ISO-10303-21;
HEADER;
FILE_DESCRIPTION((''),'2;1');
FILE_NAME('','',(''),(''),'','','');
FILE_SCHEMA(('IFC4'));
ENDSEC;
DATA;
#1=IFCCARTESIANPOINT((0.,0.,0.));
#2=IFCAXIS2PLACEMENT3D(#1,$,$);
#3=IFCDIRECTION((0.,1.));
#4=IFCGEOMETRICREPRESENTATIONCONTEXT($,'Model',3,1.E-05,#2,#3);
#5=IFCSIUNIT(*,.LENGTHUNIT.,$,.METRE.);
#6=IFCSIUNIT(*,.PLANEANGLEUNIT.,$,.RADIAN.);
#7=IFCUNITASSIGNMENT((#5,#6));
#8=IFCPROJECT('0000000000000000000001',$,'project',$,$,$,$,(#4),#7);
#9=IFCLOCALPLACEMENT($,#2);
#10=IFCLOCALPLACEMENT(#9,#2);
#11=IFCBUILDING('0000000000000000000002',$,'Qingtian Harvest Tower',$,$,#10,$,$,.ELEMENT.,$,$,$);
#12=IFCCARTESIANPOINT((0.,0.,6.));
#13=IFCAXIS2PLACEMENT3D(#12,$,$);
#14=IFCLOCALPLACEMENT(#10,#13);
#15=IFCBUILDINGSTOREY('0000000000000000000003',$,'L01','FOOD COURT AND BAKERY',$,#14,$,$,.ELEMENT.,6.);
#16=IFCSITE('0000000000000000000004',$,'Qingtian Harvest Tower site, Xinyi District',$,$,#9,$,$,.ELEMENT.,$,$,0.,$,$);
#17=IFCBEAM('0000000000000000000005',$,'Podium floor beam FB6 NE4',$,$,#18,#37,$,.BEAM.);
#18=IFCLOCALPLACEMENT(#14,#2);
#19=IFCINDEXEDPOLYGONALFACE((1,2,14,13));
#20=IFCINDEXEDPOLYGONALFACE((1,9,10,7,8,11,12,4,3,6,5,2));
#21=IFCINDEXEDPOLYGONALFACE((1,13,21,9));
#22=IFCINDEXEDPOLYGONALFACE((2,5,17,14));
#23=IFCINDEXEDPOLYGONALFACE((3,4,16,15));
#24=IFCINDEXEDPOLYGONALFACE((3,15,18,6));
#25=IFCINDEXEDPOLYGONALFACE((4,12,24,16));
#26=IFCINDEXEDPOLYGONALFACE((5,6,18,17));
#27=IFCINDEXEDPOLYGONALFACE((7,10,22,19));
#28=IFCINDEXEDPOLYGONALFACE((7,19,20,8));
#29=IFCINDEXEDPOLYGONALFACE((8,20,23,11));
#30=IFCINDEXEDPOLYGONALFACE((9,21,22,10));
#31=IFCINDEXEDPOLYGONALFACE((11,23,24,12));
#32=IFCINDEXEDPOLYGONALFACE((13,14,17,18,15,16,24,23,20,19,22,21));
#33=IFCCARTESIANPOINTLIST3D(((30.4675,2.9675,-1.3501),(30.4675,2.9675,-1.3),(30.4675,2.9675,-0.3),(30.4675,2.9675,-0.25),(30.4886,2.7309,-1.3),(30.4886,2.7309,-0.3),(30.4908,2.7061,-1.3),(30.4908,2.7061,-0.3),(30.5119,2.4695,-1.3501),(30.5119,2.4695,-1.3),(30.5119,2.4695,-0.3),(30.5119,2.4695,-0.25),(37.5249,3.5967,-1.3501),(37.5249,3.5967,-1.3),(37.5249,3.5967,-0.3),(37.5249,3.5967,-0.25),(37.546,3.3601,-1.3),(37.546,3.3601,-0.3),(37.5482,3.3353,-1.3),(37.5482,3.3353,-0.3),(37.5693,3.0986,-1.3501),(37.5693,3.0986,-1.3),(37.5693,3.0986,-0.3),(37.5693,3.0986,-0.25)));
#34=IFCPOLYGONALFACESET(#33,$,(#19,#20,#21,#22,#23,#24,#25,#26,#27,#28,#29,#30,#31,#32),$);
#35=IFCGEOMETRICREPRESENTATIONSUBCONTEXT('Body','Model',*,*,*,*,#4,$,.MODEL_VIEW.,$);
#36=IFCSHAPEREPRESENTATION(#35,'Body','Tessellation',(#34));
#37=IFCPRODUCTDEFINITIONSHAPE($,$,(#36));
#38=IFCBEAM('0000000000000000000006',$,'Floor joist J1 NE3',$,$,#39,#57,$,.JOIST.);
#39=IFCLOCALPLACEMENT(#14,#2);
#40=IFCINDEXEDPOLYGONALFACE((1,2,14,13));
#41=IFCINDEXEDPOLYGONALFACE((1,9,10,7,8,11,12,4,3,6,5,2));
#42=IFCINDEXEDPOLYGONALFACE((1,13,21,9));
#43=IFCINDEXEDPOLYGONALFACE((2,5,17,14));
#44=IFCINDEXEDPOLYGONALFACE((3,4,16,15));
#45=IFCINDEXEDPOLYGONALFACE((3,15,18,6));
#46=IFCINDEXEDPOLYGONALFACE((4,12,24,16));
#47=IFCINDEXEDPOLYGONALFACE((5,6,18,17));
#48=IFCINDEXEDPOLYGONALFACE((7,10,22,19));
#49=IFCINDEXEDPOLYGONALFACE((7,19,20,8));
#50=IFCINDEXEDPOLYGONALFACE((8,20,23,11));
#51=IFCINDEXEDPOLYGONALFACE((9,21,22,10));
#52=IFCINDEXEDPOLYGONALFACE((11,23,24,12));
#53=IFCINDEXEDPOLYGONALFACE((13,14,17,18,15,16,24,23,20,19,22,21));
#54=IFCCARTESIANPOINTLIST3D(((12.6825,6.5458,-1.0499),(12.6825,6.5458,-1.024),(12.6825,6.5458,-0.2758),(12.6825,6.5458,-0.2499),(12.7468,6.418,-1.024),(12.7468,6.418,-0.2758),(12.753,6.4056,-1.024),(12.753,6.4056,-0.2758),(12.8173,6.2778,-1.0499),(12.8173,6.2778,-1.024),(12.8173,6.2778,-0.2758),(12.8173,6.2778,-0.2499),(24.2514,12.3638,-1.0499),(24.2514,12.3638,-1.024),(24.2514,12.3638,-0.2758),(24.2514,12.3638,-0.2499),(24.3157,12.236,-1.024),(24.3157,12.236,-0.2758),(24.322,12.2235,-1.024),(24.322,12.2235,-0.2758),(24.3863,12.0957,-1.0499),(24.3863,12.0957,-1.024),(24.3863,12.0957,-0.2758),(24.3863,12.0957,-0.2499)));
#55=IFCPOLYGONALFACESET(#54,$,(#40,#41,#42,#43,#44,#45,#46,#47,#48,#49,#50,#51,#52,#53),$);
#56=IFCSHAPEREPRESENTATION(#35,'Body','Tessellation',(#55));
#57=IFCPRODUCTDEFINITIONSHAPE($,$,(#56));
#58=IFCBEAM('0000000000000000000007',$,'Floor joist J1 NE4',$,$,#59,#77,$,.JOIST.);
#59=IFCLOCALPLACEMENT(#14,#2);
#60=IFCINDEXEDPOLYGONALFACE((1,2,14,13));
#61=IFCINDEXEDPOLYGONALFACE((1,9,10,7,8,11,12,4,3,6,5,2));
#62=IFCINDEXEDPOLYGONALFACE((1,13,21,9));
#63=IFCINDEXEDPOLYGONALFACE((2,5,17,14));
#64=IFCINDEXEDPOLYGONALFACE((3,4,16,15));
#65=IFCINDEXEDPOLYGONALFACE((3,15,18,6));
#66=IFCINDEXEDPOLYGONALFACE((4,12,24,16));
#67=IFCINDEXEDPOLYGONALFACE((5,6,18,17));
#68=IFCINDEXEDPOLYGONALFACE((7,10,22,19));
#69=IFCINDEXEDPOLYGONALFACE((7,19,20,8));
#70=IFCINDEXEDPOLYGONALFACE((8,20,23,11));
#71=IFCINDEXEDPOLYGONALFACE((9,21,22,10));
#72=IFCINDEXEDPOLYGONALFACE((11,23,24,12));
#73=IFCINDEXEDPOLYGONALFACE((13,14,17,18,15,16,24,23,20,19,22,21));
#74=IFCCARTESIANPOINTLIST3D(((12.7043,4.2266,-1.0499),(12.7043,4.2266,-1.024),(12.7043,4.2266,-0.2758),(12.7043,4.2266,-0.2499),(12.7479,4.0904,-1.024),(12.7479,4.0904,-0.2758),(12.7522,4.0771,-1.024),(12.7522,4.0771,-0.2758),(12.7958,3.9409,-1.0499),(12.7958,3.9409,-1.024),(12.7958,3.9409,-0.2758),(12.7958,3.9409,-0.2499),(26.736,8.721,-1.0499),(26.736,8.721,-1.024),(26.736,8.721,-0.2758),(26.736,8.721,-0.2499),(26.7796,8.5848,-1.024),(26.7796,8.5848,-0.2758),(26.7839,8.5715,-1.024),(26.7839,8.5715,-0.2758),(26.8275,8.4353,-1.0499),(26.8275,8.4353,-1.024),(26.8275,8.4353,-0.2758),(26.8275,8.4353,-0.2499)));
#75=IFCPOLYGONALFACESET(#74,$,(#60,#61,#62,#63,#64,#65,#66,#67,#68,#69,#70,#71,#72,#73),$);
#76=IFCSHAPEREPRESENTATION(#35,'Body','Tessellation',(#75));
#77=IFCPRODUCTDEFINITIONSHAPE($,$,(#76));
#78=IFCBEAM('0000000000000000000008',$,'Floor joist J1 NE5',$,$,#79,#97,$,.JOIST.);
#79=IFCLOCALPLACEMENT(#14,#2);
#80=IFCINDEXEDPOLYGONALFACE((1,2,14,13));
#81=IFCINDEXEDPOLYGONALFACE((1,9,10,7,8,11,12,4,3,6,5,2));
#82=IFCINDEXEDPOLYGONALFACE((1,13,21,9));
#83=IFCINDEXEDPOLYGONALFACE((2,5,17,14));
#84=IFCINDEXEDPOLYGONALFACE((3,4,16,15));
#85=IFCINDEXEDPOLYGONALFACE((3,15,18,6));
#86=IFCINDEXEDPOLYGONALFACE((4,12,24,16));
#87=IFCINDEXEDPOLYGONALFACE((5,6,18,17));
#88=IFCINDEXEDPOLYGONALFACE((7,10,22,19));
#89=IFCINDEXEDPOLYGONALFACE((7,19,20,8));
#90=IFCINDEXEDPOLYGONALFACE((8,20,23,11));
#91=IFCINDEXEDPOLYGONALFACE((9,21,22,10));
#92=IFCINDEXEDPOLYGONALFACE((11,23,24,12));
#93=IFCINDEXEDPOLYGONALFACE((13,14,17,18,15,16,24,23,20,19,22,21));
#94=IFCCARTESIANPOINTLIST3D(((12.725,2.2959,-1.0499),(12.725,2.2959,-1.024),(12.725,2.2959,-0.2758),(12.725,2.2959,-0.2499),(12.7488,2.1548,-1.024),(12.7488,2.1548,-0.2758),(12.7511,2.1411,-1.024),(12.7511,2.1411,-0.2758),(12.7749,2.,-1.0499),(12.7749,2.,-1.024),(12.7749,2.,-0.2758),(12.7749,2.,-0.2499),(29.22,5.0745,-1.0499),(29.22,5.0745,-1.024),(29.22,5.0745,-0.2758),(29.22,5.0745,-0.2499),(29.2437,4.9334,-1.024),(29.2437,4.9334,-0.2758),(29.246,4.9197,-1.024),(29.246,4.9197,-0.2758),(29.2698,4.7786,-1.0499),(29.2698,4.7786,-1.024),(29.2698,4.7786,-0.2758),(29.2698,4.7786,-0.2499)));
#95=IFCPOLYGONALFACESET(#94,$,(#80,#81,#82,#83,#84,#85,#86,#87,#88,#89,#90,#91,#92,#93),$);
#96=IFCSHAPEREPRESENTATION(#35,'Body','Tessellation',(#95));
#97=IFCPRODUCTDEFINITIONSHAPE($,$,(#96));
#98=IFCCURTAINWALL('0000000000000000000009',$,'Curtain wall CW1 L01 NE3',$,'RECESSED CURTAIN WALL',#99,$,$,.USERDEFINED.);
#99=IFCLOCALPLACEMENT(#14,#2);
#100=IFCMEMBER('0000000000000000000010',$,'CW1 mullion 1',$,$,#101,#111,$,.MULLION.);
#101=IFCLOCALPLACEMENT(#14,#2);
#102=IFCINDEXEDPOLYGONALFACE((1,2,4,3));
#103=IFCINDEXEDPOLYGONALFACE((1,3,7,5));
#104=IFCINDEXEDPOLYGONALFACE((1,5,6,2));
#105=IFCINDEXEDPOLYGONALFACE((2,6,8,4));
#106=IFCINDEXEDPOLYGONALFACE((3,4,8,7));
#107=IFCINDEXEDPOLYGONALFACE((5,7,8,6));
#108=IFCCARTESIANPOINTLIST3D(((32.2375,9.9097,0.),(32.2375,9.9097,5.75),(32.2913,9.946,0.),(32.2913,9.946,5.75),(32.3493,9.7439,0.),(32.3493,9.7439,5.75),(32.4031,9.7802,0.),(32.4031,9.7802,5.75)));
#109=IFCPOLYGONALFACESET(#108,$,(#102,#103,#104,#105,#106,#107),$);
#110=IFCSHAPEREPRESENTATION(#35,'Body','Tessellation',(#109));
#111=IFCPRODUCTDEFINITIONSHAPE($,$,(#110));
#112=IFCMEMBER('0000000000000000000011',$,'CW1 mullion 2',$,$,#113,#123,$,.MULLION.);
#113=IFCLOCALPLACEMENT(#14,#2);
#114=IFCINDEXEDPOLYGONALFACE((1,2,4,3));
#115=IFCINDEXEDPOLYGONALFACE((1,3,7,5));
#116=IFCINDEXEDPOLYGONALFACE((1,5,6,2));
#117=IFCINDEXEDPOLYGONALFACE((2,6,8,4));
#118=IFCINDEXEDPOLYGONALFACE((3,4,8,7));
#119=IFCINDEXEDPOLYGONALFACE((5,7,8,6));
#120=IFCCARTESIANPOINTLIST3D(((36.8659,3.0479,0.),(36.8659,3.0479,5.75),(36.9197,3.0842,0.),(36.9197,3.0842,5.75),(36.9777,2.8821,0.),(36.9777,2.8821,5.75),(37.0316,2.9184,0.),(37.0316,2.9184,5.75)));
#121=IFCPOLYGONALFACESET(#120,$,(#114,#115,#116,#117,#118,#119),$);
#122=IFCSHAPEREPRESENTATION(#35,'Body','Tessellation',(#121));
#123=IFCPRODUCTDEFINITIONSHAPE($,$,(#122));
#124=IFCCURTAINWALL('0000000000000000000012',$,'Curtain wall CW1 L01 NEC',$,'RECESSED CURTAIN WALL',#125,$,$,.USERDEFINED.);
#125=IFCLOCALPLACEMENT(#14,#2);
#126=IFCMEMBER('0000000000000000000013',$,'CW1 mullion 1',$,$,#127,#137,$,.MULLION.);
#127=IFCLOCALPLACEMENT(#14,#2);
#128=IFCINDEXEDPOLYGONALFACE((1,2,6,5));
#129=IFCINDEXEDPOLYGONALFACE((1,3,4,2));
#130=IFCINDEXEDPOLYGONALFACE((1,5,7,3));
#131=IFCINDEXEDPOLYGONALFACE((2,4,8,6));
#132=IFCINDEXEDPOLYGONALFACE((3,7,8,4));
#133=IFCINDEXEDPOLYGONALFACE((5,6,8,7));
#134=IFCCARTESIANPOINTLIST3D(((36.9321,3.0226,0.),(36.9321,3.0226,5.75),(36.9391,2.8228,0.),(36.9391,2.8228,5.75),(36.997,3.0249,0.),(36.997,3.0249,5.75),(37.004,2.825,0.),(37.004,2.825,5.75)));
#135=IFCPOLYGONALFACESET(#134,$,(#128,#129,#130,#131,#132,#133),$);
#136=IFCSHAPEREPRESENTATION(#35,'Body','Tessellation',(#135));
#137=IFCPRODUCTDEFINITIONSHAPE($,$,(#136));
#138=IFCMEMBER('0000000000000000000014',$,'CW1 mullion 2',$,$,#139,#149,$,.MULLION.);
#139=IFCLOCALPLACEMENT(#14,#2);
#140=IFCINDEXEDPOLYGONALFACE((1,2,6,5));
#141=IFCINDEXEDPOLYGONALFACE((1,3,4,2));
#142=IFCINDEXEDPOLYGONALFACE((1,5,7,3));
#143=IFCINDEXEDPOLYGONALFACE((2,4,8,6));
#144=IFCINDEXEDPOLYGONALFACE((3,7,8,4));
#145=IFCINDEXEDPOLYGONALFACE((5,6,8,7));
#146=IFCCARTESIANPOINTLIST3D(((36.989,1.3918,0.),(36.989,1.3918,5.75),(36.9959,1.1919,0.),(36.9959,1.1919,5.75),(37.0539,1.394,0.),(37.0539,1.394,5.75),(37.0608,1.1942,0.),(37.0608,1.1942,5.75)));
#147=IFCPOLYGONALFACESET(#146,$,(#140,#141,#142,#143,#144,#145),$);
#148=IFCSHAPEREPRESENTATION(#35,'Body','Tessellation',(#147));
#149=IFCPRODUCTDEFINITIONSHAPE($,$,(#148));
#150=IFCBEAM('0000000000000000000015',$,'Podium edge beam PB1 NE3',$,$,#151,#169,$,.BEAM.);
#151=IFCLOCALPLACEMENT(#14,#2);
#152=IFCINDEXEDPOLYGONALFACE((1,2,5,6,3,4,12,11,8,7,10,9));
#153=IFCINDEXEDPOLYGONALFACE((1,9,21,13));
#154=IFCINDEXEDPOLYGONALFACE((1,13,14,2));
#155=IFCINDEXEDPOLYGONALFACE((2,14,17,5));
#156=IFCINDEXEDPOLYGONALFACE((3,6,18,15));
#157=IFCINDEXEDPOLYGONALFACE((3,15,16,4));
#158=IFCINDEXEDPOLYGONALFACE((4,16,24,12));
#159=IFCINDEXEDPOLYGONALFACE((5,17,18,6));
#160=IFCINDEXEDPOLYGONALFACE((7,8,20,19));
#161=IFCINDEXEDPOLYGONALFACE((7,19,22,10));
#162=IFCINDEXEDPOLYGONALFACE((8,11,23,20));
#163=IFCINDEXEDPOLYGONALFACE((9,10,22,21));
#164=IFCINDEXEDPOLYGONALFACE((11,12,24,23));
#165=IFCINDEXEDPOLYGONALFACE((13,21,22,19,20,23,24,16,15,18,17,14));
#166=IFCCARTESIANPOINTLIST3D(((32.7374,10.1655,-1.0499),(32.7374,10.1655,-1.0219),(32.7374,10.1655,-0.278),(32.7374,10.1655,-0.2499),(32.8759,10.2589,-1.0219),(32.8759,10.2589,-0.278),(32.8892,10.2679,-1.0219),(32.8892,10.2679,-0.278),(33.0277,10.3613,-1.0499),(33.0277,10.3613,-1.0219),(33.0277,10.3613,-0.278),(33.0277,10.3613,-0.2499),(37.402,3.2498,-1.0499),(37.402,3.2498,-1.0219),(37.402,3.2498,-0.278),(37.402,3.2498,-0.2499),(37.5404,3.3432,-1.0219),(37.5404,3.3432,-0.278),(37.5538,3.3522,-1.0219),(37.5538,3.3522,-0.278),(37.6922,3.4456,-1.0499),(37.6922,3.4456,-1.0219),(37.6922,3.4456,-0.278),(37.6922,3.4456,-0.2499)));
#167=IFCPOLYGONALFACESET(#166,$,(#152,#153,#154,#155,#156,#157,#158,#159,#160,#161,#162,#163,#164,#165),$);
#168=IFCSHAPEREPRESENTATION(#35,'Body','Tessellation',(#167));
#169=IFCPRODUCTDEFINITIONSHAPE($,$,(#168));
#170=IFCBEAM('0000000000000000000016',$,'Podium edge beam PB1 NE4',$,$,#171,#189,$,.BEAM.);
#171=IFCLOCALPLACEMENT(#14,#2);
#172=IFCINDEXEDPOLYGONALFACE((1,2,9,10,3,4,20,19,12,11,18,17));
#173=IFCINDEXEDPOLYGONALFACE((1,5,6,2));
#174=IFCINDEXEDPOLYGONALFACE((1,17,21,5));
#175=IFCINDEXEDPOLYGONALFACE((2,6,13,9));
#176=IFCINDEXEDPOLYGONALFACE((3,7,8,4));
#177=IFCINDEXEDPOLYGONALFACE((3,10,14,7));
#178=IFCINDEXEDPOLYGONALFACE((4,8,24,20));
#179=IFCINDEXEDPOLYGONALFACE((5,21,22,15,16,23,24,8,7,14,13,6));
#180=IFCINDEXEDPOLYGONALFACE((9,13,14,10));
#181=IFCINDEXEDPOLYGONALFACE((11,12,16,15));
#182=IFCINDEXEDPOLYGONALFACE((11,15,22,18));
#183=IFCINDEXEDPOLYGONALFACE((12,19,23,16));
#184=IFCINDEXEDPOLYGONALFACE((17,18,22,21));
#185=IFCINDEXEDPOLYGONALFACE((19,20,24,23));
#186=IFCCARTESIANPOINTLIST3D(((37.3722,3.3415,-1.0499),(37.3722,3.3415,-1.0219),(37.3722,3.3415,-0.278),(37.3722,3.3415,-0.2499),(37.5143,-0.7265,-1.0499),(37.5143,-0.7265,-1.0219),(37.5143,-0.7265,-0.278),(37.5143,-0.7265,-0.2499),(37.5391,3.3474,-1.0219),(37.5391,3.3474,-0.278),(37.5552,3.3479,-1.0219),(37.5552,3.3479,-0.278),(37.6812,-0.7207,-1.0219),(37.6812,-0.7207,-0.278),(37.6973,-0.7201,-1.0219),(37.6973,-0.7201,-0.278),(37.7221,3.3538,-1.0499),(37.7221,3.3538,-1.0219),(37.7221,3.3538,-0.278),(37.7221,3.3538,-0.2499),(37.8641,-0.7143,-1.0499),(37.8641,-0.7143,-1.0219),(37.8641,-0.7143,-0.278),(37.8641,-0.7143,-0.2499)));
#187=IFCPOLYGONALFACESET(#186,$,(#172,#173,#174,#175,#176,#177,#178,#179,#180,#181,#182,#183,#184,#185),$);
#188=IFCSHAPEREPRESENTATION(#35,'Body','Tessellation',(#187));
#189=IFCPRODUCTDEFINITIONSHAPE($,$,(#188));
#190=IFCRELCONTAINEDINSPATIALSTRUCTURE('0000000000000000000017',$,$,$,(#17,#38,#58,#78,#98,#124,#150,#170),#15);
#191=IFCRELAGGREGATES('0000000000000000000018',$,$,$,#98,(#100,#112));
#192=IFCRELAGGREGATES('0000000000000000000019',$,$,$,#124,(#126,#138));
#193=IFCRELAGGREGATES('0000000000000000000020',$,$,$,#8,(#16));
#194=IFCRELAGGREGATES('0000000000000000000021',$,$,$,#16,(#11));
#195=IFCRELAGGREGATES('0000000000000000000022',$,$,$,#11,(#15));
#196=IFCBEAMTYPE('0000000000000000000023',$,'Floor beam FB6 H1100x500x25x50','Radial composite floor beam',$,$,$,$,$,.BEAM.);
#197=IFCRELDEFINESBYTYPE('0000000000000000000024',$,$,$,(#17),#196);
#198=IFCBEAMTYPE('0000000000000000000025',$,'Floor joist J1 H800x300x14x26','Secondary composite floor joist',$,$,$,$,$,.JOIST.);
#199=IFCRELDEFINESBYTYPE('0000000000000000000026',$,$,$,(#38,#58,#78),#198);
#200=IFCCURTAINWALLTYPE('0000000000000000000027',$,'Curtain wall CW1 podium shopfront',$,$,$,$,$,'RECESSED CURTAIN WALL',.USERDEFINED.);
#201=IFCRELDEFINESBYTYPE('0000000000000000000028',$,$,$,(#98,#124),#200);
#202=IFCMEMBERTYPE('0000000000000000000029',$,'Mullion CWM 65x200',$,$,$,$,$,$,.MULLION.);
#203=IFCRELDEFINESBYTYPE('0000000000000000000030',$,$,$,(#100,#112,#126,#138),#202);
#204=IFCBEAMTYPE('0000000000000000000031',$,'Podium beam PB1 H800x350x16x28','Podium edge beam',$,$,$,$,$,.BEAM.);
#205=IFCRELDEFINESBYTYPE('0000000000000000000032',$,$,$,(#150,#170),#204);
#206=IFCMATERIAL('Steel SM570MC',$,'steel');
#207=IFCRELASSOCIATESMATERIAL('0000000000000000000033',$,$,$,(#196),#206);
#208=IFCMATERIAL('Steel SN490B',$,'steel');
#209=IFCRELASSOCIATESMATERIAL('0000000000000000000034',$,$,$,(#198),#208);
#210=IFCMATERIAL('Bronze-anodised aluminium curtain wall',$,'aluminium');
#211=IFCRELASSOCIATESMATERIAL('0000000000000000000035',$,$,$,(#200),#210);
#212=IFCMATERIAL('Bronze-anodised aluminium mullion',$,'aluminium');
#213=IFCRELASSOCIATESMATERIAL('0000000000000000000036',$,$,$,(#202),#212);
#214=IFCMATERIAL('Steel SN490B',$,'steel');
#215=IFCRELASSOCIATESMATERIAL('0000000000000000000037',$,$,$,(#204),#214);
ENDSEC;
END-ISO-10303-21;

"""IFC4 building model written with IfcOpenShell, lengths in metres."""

from ifc_helpers import new_model, si_unit, direction, frame, origin, origin_2d, place, context, subcontext, project, spatial, rectangle, i_section, extrude, material, material_profile, profile_set, type_object, element, aggregate, save


model = new_model("IFC4")

# Units and contexts
model_context = context("Model", 3, precision=1e-05, world=origin(), true_north=direction((0.0, 1.0)))
body_context = subcontext(model_context, "Body", "Model", "MODEL_VIEW")
ifc_project = project(units=[si_unit("LENGTHUNIT", "METRE"), si_unit("PLANEANGLEUNIT", "RADIAN")], contexts=[model_context])

# Site, building, storey
site_placement = place(None, origin())
site = spatial("IfcSite", under=ifc_project, at=site_placement, Name="Qingtian Harvest Tower site, Xinyi District", CompositionType="ELEMENT", RefElevation=0.0)
building_placement = place(site_placement, origin())
building = spatial("IfcBuilding", under=site, at=building_placement, Name="Qingtian Harvest Tower", CompositionType="ELEMENT")
storey_placement = place(building_placement, frame((0.0, 0.0, 6.0)))
storey = spatial("IfcBuildingStorey", under=building, at=storey_placement, Name="L01", Description="FOOD COURT AND BAKERY", CompositionType="ELEMENT", Elevation=6.0)

# Beams
ifc_material_1 = material(Name="Steel SM570MC", Category="steel")
ifc_material_profile_1 = material_profile(ifc_material_1, i_section(OverallWidth=0.5, OverallDepth=1.1001, WebThickness=0.0249, FlangeThickness=0.05, at=origin_2d()), Name="H1100x500x25x50")
ifc_profile_set_1 = profile_set([ifc_material_profile_1], Name="Steel SM570MC")
beam_type_1 = type_object("IfcBeamType", Name="Floor beam FB6 H1100x500x25x50", Description="Radial composite floor beam", PredefinedType="BEAM", material=ifc_profile_set_1)
beam_1_placement = place(storey_placement, frame((37.5471, 3.3477, -0.8), z_axis=(-0.99605, -0.088796, 0.0), x_axis=(0.088796, -0.99605, 0.0)))
element("IfcBeam", 1, at=beam_1_placement, inside=storey, type_object=beam_type_1, Name="Podium floor beam FB6 NE4", PredefinedType="BEAM", context=body_context, shape_type="SweptSolid", body=[
    extrude(i_section(OverallWidth=0.5, OverallDepth=1.1001, WebThickness=0.0249, FlangeThickness=0.05, at=origin_2d()), origin(), (0.0, 0.0, 1.0), 7.0854),
])
ifc_material_2 = material(Name="Steel SN490B", Category="steel")
ifc_material_profile_2 = material_profile(ifc_material_2, i_section(OverallWidth=0.3, OverallDepth=0.8, WebThickness=0.0139, FlangeThickness=0.0259, at=origin_2d()), Name="H800x300x14x26")
ifc_profile_set_2 = profile_set([ifc_material_profile_2], Name="Steel SN490B")
beam_type_2 = type_object("IfcBeamType", Name="Floor joist J1 H800x300x14x26", Description="Secondary composite floor joist", PredefinedType="JOIST", material=ifc_profile_set_2)
beam_2_placement = place(storey_placement, frame((24.3188, 12.2297, -0.6499), z_axis=(-0.893392, -0.449279, 0.0), x_axis=(0.449279, -0.893392, 0.0)))
element("IfcBeam", 2, at=beam_2_placement, inside=storey, type_object=beam_type_2, Name="Floor joist J1 NE3", PredefinedType="JOIST", context=body_context, shape_type="SweptSolid", body=[
    extrude(i_section(OverallWidth=0.3, OverallDepth=0.8, WebThickness=0.0139, FlangeThickness=0.0259, at=origin_2d()), origin(), (0.0, 0.0, 1.0), 12.9495),
])
beam_3_placement = place(storey_placement, frame((26.7817, 8.5781, -0.6499), z_axis=(-0.952341, -0.305036, 0.0), x_axis=(0.305036, -0.952341, 0.0)))
element("IfcBeam", 3, at=beam_3_placement, inside=storey, type_object=beam_type_2, Name="Floor joist J1 NE4", PredefinedType="JOIST", context=body_context, shape_type="SweptSolid", body=[
    extrude(i_section(OverallWidth=0.3, OverallDepth=0.8, WebThickness=0.0139, FlangeThickness=0.0259, at=origin_2d()), origin(), (0.0, 0.0, 1.0), 14.7339),
])
beam_4_placement = place(storey_placement, frame((29.2449, 4.9265, -0.6499), z_axis=(-0.986107, -0.16611, 0.0), x_axis=(0.16611, -0.986107, 0.0)))
element("IfcBeam", 4, at=beam_4_placement, inside=storey, type_object=beam_type_2, Name="Floor joist J1 NE5", PredefinedType="JOIST", context=body_context, shape_type="SweptSolid", body=[
    extrude(i_section(OverallWidth=0.3, OverallDepth=0.8, WebThickness=0.0139, FlangeThickness=0.0259, at=origin_2d()), origin(), (0.0, 0.0, 1.0), 16.7273),
])

# Curtain walls, members
ifc_material_3 = material(Name="Bronze-anodised aluminium curtain wall", Category="aluminium")
curtain_wall_type = type_object("IfcCurtainWallType", Name="Curtain wall CW1 podium shopfront", ElementType="RECESSED CURTAIN WALL", PredefinedType="USERDEFINED", material=ifc_material_3)
curtain_wall_1_placement = place(storey_placement, origin())
curtain_wall_1 = element("IfcCurtainWall", 5, at=curtain_wall_1_placement, inside=storey, type_object=curtain_wall_type, Name="Curtain wall CW1 L01 NE3", ObjectType="RECESSED CURTAIN WALL", PredefinedType="USERDEFINED")
ifc_material_4 = material(Name="Bronze-anodised aluminium mullion", Category="aluminium")
ifc_material_profile_3 = material_profile(ifc_material_4, rectangle(XDim=0.0649, YDim=0.2, at=origin_2d()), Name="AL 65x200")
ifc_profile_set_3 = profile_set([ifc_material_profile_3], Name="Bronze-anodised aluminium mullion")
member_type_1 = type_object("IfcMemberType", Name="Mullion CWM 65x200", PredefinedType="MULLION", material=ifc_profile_set_3)
member_1_placement = place(storey_placement, frame((32.3203, 9.845, 0.0), z_axis=(0.0, 0.0, 1.0), x_axis=(0.829038, 0.559193, 0.0)))
member_1 = element("IfcMember", 6, at=member_1_placement, type_object=member_type_1, Name="CW1 mullion 1", PredefinedType="MULLION", context=body_context, shape_type="SweptSolid", body=[
    extrude(rectangle(XDim=0.0649, YDim=0.2, at=origin_2d()), origin(), (0.0, 0.0, 1.0), 5.75),
])
member_2_placement = place(storey_placement, frame((36.9487, 2.9832, 0.0), z_axis=(0.0, 0.0, 1.0), x_axis=(0.829038, 0.559193, 0.0)))
member_2 = element("IfcMember", 7, at=member_2_placement, type_object=member_type_1, Name="CW1 mullion 2", PredefinedType="MULLION", context=body_context, shape_type="SweptSolid", body=[
    extrude(rectangle(XDim=0.0649, YDim=0.2, at=origin_2d()), origin(), (0.0, 0.0, 1.0), 5.75),
])
curtain_wall_2_placement = place(storey_placement, origin())
curtain_wall_2 = element("IfcCurtainWall", 8, at=curtain_wall_2_placement, inside=storey, type_object=curtain_wall_type, Name="Curtain wall CW1 L01 NEC", ObjectType="RECESSED CURTAIN WALL", PredefinedType="USERDEFINED")
member_3_placement = place(storey_placement, frame((36.968, 2.9238, 0.0), z_axis=(0.0, 0.0, 1.0), x_axis=(0.999391, 0.034899, 0.0)))
member_3 = element("IfcMember", 9, at=member_3_placement, type_object=member_type_1, Name="CW1 mullion 1", PredefinedType="MULLION", context=body_context, shape_type="SweptSolid", body=[
    extrude(rectangle(XDim=0.0649, YDim=0.2, at=origin_2d()), origin(), (0.0, 0.0, 1.0), 5.75),
])
member_4_placement = place(storey_placement, frame((37.0249, 1.293, 0.0), z_axis=(0.0, 0.0, 1.0), x_axis=(0.999391, 0.034899, 0.0)))
member_4 = element("IfcMember", 10, at=member_4_placement, type_object=member_type_1, Name="CW1 mullion 2", PredefinedType="MULLION", context=body_context, shape_type="SweptSolid", body=[
    extrude(rectangle(XDim=0.0649, YDim=0.2, at=origin_2d()), origin(), (0.0, 0.0, 1.0), 5.75),
])

# Beams
ifc_material_5 = material(Name="Steel SN490B", Category="steel")
ifc_material_profile_4 = material_profile(ifc_material_5, i_section(OverallWidth=0.3501, OverallDepth=0.8, WebThickness=0.0161, FlangeThickness=0.0281, at=origin_2d()), Name="H800x350x16x28")
ifc_profile_set_4 = profile_set([ifc_material_profile_4], Name="Steel SN490B")
beam_type_3 = type_object("IfcBeamType", Name="Podium beam PB1 H800x350x16x28", Description="Podium edge beam", PredefinedType="BEAM", material=ifc_profile_set_4)
beam_5_placement = place(storey_placement, frame((32.8826, 10.2634, -0.6499), z_axis=(0.559177, -0.829048, 0.0), x_axis=(0.829048, 0.559177, 0.0)))
element("IfcBeam", 11, at=beam_5_placement, inside=storey, type_object=beam_type_3, Name="Podium edge beam PB1 NE3", PredefinedType="BEAM", context=body_context, shape_type="SweptSolid", body=[
    extrude(i_section(OverallWidth=0.3501, OverallDepth=0.8, WebThickness=0.0161, FlangeThickness=0.0281, at=origin_2d()), origin(), (0.0, 0.0, 1.0), 8.3418),
])
beam_6_placement = place(storey_placement, frame((37.5471, 3.3477, -0.6499), z_axis=(0.034906, -0.999391, 0.0), x_axis=(0.999391, 0.034906, 0.0)))
element("IfcBeam", 12, at=beam_6_placement, inside=storey, type_object=beam_type_3, Name="Podium edge beam PB1 NE4", PredefinedType="BEAM", context=body_context, shape_type="SweptSolid", body=[
    extrude(i_section(OverallWidth=0.3501, OverallDepth=0.8, WebThickness=0.0161, FlangeThickness=0.0281, at=origin_2d()), origin(), (0.0, 0.0, 1.0), 4.0706),
])

aggregate(curtain_wall_1, [member_1, member_2])
aggregate(curtain_wall_2, [member_3, member_4])

save(model, "model.ifc")
